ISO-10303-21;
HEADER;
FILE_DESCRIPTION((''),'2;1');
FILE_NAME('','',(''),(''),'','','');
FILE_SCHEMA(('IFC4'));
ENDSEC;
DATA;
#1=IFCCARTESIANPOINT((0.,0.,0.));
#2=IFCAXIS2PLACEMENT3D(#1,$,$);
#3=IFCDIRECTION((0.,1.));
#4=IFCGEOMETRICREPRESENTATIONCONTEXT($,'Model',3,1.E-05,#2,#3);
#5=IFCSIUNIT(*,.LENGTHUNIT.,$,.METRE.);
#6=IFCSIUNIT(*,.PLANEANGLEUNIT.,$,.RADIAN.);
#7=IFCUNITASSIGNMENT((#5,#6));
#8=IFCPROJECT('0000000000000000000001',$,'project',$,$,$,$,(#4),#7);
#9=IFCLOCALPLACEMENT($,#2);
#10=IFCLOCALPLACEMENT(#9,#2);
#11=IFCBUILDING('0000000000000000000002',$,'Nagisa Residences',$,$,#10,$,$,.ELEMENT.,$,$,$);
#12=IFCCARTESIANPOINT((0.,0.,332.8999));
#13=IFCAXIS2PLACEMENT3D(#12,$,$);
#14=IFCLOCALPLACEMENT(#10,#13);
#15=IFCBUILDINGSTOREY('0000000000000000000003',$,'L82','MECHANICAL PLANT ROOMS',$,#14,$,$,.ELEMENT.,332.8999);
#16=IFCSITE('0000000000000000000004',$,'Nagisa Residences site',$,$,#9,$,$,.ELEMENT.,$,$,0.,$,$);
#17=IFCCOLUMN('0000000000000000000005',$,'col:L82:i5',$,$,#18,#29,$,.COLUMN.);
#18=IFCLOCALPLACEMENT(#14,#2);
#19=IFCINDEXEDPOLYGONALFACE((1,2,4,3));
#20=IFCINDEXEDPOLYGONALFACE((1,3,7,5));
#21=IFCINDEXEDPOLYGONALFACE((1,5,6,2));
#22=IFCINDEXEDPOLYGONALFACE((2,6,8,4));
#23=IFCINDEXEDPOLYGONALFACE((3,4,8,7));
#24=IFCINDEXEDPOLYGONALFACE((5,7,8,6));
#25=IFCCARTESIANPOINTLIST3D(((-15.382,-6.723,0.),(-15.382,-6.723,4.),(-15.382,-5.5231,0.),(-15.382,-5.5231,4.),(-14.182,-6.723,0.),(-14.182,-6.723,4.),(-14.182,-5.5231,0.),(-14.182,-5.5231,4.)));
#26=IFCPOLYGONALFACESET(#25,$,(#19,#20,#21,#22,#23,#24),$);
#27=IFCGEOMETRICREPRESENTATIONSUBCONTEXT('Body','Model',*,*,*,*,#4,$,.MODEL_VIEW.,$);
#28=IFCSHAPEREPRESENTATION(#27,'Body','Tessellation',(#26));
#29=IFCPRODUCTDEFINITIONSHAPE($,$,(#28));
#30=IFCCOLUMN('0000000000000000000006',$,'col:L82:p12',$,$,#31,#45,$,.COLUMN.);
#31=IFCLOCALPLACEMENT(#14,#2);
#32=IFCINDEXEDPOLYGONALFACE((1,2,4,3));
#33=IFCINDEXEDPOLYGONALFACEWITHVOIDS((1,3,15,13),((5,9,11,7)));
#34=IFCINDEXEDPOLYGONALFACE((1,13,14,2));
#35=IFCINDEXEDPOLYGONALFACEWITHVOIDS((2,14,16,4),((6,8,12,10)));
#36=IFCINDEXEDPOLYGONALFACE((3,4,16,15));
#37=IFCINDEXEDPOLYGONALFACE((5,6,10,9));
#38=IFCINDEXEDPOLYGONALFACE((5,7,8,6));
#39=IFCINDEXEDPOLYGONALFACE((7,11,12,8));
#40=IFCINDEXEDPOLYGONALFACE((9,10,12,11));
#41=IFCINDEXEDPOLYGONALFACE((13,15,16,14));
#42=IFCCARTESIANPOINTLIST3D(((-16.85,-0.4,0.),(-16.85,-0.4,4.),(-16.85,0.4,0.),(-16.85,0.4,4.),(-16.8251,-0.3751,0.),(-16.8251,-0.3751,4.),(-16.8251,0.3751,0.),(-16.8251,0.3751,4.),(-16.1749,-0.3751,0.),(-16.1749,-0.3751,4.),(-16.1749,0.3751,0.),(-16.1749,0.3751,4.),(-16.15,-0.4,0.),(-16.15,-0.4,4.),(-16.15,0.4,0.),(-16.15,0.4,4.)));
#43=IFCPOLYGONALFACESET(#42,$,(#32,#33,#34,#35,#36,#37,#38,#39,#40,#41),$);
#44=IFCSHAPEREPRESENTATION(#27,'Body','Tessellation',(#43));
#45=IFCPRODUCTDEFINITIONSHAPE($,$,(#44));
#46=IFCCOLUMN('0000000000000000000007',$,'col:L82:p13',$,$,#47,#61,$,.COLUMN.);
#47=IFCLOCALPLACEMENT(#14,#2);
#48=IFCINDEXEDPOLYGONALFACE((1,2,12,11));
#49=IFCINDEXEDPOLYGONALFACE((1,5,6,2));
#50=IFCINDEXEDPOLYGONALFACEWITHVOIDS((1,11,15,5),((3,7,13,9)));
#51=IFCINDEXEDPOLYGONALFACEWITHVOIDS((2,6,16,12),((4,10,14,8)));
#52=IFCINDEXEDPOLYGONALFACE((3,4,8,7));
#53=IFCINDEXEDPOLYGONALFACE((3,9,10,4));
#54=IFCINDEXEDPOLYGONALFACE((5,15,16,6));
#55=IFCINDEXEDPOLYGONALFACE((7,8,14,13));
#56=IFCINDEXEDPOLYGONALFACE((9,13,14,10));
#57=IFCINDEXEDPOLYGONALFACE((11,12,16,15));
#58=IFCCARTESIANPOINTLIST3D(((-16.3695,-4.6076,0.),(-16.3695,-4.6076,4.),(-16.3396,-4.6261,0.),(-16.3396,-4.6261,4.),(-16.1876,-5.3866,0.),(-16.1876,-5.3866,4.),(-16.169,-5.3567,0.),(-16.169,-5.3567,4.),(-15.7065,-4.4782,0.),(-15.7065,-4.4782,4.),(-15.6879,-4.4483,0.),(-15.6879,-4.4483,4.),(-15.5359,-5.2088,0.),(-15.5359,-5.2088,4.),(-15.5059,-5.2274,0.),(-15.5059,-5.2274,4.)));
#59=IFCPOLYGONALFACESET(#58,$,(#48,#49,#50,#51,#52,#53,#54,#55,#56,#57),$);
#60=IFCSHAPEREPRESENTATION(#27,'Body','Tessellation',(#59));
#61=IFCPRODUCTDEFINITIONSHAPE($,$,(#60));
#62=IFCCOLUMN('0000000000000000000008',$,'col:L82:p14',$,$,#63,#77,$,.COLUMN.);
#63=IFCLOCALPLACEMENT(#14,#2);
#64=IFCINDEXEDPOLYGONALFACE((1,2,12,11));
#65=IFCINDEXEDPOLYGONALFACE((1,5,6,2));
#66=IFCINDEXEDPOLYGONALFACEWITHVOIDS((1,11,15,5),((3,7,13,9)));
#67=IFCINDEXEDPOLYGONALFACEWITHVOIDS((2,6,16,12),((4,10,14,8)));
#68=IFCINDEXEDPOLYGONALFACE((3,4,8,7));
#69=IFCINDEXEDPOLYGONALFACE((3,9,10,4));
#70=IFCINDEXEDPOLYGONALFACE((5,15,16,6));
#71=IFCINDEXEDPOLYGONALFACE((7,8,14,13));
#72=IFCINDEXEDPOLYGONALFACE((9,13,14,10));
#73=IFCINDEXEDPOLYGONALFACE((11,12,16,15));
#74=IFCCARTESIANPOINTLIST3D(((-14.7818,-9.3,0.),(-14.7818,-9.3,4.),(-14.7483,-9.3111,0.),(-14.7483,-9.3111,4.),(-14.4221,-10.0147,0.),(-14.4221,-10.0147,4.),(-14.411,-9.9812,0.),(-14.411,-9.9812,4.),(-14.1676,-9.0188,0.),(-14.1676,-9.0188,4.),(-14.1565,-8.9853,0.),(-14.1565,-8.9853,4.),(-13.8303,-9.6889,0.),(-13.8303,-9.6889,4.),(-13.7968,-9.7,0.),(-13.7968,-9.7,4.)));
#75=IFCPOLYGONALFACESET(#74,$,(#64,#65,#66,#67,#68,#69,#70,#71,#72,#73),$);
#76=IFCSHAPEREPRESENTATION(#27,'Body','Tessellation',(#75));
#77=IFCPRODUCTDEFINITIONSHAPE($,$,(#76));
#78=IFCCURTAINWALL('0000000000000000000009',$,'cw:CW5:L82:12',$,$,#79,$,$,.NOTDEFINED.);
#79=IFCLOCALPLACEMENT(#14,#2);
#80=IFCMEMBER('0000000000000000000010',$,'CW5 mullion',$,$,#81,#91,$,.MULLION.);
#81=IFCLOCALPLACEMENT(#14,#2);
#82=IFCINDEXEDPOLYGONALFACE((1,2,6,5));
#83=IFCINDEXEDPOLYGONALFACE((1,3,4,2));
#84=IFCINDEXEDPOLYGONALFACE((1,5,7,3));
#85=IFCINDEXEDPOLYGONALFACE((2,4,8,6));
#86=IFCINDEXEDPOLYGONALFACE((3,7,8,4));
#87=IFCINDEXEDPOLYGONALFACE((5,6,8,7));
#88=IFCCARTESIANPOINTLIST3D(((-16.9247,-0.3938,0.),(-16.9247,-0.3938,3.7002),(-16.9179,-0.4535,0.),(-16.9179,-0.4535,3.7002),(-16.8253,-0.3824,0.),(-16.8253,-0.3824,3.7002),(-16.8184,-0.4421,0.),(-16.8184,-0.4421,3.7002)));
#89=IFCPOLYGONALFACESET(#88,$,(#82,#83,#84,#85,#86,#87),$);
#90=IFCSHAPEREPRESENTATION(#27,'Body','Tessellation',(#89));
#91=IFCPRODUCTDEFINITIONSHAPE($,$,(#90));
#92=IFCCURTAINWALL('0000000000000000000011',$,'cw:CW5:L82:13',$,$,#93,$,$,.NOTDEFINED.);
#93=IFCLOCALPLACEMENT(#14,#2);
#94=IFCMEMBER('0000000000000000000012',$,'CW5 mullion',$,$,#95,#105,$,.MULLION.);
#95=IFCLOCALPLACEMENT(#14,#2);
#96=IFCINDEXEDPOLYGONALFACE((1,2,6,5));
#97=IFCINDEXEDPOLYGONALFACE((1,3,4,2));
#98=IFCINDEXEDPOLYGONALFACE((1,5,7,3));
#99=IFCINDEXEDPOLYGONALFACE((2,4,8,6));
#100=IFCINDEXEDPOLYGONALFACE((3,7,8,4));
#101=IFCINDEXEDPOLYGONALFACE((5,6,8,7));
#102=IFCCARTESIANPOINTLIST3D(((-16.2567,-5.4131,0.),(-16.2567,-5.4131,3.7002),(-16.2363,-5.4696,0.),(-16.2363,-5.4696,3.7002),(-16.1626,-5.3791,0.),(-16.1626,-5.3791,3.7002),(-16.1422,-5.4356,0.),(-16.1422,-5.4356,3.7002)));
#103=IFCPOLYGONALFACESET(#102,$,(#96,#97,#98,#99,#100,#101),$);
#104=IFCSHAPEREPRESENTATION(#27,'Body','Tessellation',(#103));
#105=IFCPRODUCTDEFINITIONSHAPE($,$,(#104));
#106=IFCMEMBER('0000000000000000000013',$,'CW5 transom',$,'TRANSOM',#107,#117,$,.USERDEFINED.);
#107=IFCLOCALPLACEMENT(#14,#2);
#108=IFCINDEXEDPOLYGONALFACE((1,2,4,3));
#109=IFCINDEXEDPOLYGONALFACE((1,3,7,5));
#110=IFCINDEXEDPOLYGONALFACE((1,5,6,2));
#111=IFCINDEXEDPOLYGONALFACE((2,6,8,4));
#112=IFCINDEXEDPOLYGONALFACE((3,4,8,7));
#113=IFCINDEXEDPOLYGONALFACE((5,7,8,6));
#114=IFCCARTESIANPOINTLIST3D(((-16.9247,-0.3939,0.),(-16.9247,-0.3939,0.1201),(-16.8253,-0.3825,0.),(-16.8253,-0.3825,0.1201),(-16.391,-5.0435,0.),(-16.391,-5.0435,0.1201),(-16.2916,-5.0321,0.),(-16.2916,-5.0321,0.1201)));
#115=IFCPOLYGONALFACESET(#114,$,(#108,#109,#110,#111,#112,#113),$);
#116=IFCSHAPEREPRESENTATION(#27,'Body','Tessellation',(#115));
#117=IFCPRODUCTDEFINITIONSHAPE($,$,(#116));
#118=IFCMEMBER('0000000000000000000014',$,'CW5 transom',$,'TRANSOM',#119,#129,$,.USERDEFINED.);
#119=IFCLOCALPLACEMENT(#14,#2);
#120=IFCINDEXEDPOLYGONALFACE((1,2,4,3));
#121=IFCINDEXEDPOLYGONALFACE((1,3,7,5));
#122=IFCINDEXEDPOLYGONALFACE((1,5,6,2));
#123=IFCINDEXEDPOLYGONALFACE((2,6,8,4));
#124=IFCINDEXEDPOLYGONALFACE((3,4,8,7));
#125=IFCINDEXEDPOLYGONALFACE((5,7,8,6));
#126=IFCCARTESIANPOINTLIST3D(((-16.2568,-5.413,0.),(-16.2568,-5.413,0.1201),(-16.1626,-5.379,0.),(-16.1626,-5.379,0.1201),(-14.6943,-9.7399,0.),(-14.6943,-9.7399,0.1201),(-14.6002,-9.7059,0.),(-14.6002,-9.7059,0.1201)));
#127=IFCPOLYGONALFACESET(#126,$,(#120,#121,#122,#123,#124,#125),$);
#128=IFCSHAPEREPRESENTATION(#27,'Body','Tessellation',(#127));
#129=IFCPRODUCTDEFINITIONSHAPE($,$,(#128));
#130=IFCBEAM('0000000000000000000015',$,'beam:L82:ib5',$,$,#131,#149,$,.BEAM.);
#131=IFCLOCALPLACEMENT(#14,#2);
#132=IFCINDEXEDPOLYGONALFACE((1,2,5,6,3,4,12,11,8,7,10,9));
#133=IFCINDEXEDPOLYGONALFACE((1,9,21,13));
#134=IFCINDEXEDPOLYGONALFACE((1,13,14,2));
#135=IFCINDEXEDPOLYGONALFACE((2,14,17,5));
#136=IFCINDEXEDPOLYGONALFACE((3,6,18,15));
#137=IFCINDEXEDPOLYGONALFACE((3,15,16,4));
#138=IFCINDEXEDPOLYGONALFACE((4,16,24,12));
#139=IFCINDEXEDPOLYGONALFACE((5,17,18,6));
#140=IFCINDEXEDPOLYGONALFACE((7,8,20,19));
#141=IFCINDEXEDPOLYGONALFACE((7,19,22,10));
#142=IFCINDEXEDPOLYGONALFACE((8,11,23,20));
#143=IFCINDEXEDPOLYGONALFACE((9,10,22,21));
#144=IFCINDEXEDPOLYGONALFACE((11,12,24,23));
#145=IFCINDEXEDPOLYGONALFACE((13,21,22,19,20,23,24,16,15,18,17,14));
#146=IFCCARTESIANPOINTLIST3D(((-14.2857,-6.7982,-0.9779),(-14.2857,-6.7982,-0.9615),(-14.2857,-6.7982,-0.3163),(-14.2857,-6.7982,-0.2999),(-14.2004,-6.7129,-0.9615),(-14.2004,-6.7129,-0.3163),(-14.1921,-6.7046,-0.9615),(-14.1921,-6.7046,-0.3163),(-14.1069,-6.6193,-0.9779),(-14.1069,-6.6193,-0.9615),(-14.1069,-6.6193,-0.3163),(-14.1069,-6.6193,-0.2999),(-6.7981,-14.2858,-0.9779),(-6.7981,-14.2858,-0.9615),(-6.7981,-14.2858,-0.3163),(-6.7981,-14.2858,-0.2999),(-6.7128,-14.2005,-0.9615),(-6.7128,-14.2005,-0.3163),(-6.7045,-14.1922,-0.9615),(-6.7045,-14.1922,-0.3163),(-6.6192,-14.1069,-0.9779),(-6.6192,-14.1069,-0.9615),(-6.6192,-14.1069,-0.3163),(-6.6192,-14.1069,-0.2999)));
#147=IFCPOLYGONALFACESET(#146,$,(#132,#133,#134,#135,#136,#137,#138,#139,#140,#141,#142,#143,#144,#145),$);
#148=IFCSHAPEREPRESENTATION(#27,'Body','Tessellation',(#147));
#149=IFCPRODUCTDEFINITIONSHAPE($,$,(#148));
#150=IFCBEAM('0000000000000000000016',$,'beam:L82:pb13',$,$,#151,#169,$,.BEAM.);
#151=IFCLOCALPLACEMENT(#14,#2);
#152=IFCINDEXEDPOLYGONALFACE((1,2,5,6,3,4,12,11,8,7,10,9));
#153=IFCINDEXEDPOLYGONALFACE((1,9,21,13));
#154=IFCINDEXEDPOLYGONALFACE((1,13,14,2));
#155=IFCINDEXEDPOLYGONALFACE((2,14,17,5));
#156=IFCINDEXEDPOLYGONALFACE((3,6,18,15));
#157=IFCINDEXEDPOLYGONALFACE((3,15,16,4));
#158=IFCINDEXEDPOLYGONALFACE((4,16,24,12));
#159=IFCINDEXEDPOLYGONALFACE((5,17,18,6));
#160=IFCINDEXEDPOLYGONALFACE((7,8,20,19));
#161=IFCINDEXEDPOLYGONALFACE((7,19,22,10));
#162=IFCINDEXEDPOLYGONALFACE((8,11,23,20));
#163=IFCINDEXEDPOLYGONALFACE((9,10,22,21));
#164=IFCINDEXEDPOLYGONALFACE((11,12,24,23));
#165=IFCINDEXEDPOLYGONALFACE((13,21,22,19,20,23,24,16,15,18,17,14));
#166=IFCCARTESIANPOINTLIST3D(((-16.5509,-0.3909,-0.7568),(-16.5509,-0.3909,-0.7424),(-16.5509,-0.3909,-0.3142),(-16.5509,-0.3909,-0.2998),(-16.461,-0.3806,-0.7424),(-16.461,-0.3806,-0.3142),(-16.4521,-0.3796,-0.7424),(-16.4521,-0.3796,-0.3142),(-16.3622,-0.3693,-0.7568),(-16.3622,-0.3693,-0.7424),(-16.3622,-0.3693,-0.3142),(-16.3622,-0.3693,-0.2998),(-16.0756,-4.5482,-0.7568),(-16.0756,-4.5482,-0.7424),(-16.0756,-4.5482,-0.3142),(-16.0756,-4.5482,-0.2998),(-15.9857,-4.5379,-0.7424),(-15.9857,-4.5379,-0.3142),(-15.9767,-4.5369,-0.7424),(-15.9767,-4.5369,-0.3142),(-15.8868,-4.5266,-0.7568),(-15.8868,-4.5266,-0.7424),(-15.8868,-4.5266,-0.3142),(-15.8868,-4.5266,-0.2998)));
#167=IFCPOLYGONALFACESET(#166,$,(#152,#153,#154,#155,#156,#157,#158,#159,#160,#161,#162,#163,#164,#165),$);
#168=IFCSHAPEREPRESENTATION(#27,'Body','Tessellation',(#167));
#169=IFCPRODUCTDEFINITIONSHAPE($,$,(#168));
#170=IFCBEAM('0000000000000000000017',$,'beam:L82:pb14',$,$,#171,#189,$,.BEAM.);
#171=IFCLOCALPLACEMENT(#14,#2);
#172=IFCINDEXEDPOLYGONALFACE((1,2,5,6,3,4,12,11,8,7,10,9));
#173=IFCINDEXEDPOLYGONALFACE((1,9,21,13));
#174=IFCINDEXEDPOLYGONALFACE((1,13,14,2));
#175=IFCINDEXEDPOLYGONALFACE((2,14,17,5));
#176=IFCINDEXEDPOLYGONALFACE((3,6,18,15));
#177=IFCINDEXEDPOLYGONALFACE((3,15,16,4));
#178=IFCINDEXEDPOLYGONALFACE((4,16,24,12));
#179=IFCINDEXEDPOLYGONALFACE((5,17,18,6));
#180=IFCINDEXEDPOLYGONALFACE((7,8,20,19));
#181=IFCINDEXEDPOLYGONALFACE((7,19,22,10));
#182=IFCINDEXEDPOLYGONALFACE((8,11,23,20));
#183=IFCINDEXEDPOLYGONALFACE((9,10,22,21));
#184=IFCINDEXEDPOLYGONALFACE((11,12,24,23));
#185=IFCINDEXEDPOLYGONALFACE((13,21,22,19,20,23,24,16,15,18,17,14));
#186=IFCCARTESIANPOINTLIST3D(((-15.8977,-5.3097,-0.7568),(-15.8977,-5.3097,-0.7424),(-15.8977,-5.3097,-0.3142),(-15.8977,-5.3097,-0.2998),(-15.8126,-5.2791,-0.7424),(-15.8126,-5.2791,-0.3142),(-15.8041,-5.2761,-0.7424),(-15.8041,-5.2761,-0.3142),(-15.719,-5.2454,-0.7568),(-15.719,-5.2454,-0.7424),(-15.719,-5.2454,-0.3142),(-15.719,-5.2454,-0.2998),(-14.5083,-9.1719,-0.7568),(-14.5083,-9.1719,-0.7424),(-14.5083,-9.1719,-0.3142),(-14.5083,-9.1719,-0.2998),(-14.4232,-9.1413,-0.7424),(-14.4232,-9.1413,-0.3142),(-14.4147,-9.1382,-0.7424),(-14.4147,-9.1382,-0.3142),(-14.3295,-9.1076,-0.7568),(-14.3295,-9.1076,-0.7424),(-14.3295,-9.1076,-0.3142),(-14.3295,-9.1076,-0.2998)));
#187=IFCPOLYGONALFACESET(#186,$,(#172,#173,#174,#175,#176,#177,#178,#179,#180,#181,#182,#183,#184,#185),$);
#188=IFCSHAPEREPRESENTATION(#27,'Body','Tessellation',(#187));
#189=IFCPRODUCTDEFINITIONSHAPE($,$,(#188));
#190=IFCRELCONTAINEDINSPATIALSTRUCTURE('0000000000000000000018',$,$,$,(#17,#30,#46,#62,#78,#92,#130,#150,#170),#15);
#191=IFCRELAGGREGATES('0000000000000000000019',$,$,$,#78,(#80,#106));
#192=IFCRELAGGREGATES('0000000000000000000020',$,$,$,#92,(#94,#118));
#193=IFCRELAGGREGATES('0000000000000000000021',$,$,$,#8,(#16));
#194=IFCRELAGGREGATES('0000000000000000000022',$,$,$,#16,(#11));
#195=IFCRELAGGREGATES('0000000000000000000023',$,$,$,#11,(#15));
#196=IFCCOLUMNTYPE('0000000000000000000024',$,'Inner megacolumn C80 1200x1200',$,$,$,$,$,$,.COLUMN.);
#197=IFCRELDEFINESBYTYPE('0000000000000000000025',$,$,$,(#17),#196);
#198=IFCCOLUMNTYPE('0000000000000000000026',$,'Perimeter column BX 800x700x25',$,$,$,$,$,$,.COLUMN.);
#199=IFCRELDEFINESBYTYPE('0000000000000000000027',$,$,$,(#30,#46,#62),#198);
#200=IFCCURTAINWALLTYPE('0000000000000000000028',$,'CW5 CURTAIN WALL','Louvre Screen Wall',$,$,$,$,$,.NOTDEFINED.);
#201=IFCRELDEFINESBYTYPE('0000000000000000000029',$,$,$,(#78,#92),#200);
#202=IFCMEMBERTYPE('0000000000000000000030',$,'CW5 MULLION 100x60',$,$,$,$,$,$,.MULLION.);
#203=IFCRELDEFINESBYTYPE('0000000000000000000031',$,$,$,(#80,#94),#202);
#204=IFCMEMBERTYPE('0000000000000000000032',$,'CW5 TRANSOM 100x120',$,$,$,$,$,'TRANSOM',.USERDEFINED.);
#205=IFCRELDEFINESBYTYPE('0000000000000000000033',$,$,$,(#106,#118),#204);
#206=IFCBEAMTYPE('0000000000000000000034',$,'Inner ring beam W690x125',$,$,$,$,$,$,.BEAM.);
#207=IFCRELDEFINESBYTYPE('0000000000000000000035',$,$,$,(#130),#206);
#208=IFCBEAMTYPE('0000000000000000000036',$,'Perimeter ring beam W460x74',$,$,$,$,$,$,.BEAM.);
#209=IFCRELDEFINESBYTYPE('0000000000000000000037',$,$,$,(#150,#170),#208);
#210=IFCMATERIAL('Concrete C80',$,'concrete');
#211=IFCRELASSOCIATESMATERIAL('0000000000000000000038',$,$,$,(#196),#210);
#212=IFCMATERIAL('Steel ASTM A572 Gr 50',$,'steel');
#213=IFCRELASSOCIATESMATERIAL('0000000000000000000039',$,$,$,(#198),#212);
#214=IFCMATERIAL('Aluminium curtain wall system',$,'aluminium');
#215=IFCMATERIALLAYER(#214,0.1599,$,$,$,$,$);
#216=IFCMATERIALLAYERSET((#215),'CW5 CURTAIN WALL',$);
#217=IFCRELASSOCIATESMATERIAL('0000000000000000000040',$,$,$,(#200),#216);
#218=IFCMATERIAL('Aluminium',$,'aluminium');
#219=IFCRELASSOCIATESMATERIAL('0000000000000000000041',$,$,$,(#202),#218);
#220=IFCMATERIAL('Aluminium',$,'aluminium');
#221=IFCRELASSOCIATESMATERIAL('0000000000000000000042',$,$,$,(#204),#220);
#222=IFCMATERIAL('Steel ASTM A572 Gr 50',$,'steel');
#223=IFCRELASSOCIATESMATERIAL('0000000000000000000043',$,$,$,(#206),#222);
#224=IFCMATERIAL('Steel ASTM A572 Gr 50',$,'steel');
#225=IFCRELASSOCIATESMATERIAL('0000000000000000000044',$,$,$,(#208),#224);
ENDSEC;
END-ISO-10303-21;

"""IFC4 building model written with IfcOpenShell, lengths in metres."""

from ifc_helpers import new_model, si_unit, direction, frame, origin, origin_2d, place, context, subcontext, project, spatial, rectangle, hollow_rectangle, i_section, extrude, material, layer, layer_set, material_profile, profile_set, type_object, element, aggregate, save


model = new_model("IFC4")

# Units and contexts
model_context = context("Model", 3, precision=1e-05, world=origin(), true_north=direction((0.0, 1.0)))
body_context = subcontext(model_context, "Body", "Model", "MODEL_VIEW")
ifc_project = project(units=[si_unit("LENGTHUNIT", "METRE"), si_unit("PLANEANGLEUNIT", "RADIAN")], contexts=[model_context])

# Site, building, storey
site_placement = place(None, origin())
site = spatial("IfcSite", under=ifc_project, at=site_placement, Name="Nagisa Residences site", CompositionType="ELEMENT", RefElevation=0.0)
building_placement = place(site_placement, origin())
building = spatial("IfcBuilding", under=site, at=building_placement, Name="Nagisa Residences", CompositionType="ELEMENT")
storey_placement = place(building_placement, frame((0.0, 0.0, 332.8999)))
storey = spatial("IfcBuildingStorey", under=building, at=storey_placement, Name="L82", Description="MECHANICAL PLANT ROOMS", CompositionType="ELEMENT", Elevation=332.8999)

# Columns
ifc_material_1 = material(Name="Concrete C80", Category="concrete")
ifc_material_profile_1 = material_profile(ifc_material_1, rectangle(XDim=1.2, YDim=1.2, at=origin_2d()), Name="C80 1200x1200")
ifc_profile_set_1 = profile_set([ifc_material_profile_1], Name="Concrete C80")
column_type_1 = type_object("IfcColumnType", Name="Inner megacolumn C80 1200x1200", PredefinedType="COLUMN", material=ifc_profile_set_1)
column_placement = place(storey_placement, frame((-14.782, -6.123, 0.0), z_axis=(0.0, 0.0, 1.0), x_axis=(1.0, 0.0, 0.0)))
element("IfcColumn", 1, at=column_placement, inside=storey, type_object=column_type_1, Name="col:L82:i5", PredefinedType="COLUMN", context=body_context, shape_type="SweptSolid", body=[
    extrude(rectangle(XDim=1.2, YDim=1.2, at=origin_2d()), origin(), (0.0, 0.0, 1.0), 4.0),
])
ifc_material_2 = material(Name="Steel ASTM A572 Gr 50", Category="steel")
ifc_material_profile_2 = material_profile(ifc_material_2, hollow_rectangle(XDim=0.8, YDim=0.7, WallThickness=0.0249, at=origin_2d()), Name="BX 800x700x25")
ifc_profile_set_2 = profile_set([ifc_material_profile_2], Name="Steel ASTM A572 Gr 50")
column_type_2 = type_object("IfcColumnType", Name="Perimeter column BX 800x700x25", PredefinedType="COLUMN", material=ifc_profile_set_2)
for number, where, z_axis, x_axis, name in (
    (2, (-16.5, 0.0, 0.0), (0.0, 0.0, 1.0), (0.0, -1.0, 0.0), "col:L82:p12"),
    (3, (-15.9377, -4.9175, 0.0), (0.0, 0.0, 1.0), (0.227473, -0.973784, 0.0), "col:L82:p13"),
    (4, (-14.2893, -9.5, 0.0), (0.0, 0.0, 1.0), (0.449592, -0.893234, 0.0), "col:L82:p14"),
):
    element("IfcColumn", number, at=place(storey_placement, frame(where, z_axis=z_axis, x_axis=x_axis)), inside=storey, type_object=column_type_2, Name=name, PredefinedType="COLUMN", context=body_context, shape_type="SweptSolid", body=[
        extrude(hollow_rectangle(XDim=0.8, YDim=0.7, WallThickness=0.0249, at=origin_2d()), origin(), (0.0, 0.0, 1.0), 4.0),
    ])

# Curtain walls, members
ifc_material_3 = material(Name="Aluminium curtain wall system", Category="aluminium")
ifc_layer_1 = layer(ifc_material_3, 0.1599)
ifc_layer_set_1 = layer_set([ifc_layer_1], Name="CW5 CURTAIN WALL")
curtain_wall_type = type_object("IfcCurtainWallType", Name="CW5 CURTAIN WALL", Description="Louvre Screen Wall", PredefinedType="NOTDEFINED", material=ifc_layer_set_1)
curtain_wall_1_placement = place(storey_placement, origin())
curtain_wall_1 = element("IfcCurtainWall", 5, at=curtain_wall_1_placement, inside=storey, type_object=curtain_wall_type, Name="cw:CW5:L82:12", PredefinedType="NOTDEFINED")
ifc_material_4 = material(Name="Aluminium", Category="aluminium")
ifc_material_profile_3 = material_profile(ifc_material_4, rectangle(XDim=0.1001, YDim=0.0601, at=origin_2d()), Name="CW5 MULLION 100x60")
ifc_profile_set_3 = profile_set([ifc_material_profile_3], Name="Aluminium")
member_type_1 = type_object("IfcMemberType", Name="CW5 MULLION 100x60", PredefinedType="MULLION", material=ifc_profile_set_3)
member_1_placement = place(storey_placement, frame((-16.8716, -0.418, 0.0), z_axis=(0.0, 0.0, 1.0), x_axis=(0.993478, 0.114025, 0.0)))
member_1 = element("IfcMember", 6, at=member_1_placement, type_object=member_type_1, Name="CW5 mullion", PredefinedType="MULLION", context=body_context, shape_type="SweptSolid", body=[
    extrude(rectangle(XDim=0.1001, YDim=0.0601, at=origin_2d()), origin(), (0.0, 0.0, 1.0), 3.7002),
])
curtain_wall_2_placement = place(storey_placement, origin())
curtain_wall_2 = element("IfcCurtainWall", 7, at=curtain_wall_2_placement, inside=storey, type_object=curtain_wall_type, Name="cw:CW5:L82:13", PredefinedType="NOTDEFINED")
member_2_placement = place(storey_placement, frame((-16.1995, -5.4243, 0.0), z_axis=(0.0, 0.0, 1.0), x_axis=(0.940554, 0.339643, 0.0)))
member_2 = element("IfcMember", 8, at=member_2_placement, type_object=member_type_1, Name="CW5 mullion", PredefinedType="MULLION", context=body_context, shape_type="SweptSolid", body=[
    extrude(rectangle(XDim=0.1001, YDim=0.0601, at=origin_2d()), origin(), (0.0, 0.0, 1.0), 3.7002),
])

# Members
ifc_material_5 = material(Name="Aluminium", Category="aluminium")
ifc_material_profile_4 = material_profile(ifc_material_5, rectangle(XDim=0.1001, YDim=0.1201, at=origin_2d()), Name="CW5 TRANSOM 100x120")
ifc_profile_set_4 = profile_set([ifc_material_profile_4], Name="Aluminium")
member_type_2 = type_object("IfcMemberType", Name="CW5 TRANSOM 100x120", ElementType="TRANSOM", PredefinedType="USERDEFINED", material=ifc_profile_set_4)
member_3_placement = place(storey_placement, frame((-16.875, -0.3882, 0.0601), z_axis=(0.114032, -0.993477, 0.0), x_axis=(0.993477, 0.114032, 0.0)))
member_3 = element("IfcMember", 9, at=member_3_placement, type_object=member_type_2, Name="CW5 transom", ObjectType="TRANSOM", PredefinedType="USERDEFINED", context=body_context, shape_type="SweptSolid", body=[
    extrude(rectangle(XDim=0.1001, YDim=0.1201, at=origin_2d()), origin(), (0.0, 0.0, 1.0), 4.6802),
])
member_4_placement = place(storey_placement, frame((-16.2097, -5.396, 0.0601), z_axis=(0.339646, -0.940553, 0.0), x_axis=(0.940553, 0.339646, 0.0)))
member_4 = element("IfcMember", 10, at=member_4_placement, type_object=member_type_2, Name="CW5 transom", ObjectType="TRANSOM", PredefinedType="USERDEFINED", context=body_context, shape_type="SweptSolid", body=[
    extrude(rectangle(XDim=0.1001, YDim=0.1201, at=origin_2d()), origin(), (0.0, 0.0, 1.0), 4.6003),
])

# Beams
ifc_material_6 = material(Name="Steel ASTM A572 Gr 50", Category="steel")
ifc_material_profile_5 = material_profile(ifc_material_6, i_section(OverallWidth=0.2529, OverallDepth=0.678, WebThickness=0.0117, FlangeThickness=0.0164, at=origin_2d()), Name="W690x125")
ifc_profile_set_5 = profile_set([ifc_material_profile_5], Name="Steel ASTM A572 Gr 50")
beam_type_1 = type_object("IfcBeamType", Name="Inner ring beam W690x125", PredefinedType="BEAM", material=ifc_profile_set_5)
beam_1_placement = place(storey_placement, frame((-14.1963, -6.7087, -0.6389), z_axis=(0.707107, -0.707107, 0.0), x_axis=(0.707107, 0.707107, 0.0)))
element("IfcBeam", 11, at=beam_1_placement, inside=storey, type_object=beam_type_1, Name="beam:L82:ib5", PredefinedType="BEAM", context=body_context, shape_type="SweptSolid", body=[
    extrude(i_section(OverallWidth=0.2529, OverallDepth=0.678, WebThickness=0.0117, FlangeThickness=0.0164, at=origin_2d()), origin(), (0.0, 0.0, 1.0), 10.5891),
])
ifc_material_7 = material(Name="Steel ASTM A572 Gr 50", Category="steel")
ifc_material_profile_6 = material_profile(ifc_material_7, i_section(OverallWidth=0.1899, OverallDepth=0.457, WebThickness=0.009, FlangeThickness=0.0144, at=origin_2d()), Name="W460x74")
ifc_profile_set_6 = profile_set([ifc_material_profile_6], Name="Steel ASTM A572 Gr 50")
beam_type_2 = type_object("IfcBeamType", Name="Perimeter ring beam W460x74", PredefinedType="BEAM", material=ifc_profile_set_6)
beam_2_placement = place(storey_placement, frame((-16.4565, -0.3801, -0.5283), z_axis=(0.113601, -0.993526, 0.0), x_axis=(0.993526, 0.113601, 0.0)))
element("IfcBeam", 12, at=beam_2_placement, inside=storey, type_object=beam_type_2, Name="beam:L82:pb13", PredefinedType="BEAM", context=body_context, shape_type="SweptSolid", body=[
    extrude(i_section(OverallWidth=0.1899, OverallDepth=0.457, WebThickness=0.009, FlangeThickness=0.0144, at=origin_2d()), origin(), (0.0, 0.0, 1.0), 4.1843),
])
beam_3_placement = place(storey_placement, frame((-15.8083, -5.2776, -0.5283), z_axis=(0.338517, -0.94096, 0.0), x_axis=(0.94096, 0.338517, 0.0)))
element("IfcBeam", 13, at=beam_3_placement, inside=storey, type_object=beam_type_2, Name="beam:L82:pb14", PredefinedType="BEAM", context=body_context, shape_type="SweptSolid", body=[
    extrude(i_section(OverallWidth=0.1899, OverallDepth=0.457, WebThickness=0.009, FlangeThickness=0.0144, at=origin_2d()), origin(), (0.0, 0.0, 1.0), 4.1045),
])

aggregate(curtain_wall_1, [member_1, member_3])
aggregate(curtain_wall_2, [member_2, member_4])

save(model, "model.ifc")
